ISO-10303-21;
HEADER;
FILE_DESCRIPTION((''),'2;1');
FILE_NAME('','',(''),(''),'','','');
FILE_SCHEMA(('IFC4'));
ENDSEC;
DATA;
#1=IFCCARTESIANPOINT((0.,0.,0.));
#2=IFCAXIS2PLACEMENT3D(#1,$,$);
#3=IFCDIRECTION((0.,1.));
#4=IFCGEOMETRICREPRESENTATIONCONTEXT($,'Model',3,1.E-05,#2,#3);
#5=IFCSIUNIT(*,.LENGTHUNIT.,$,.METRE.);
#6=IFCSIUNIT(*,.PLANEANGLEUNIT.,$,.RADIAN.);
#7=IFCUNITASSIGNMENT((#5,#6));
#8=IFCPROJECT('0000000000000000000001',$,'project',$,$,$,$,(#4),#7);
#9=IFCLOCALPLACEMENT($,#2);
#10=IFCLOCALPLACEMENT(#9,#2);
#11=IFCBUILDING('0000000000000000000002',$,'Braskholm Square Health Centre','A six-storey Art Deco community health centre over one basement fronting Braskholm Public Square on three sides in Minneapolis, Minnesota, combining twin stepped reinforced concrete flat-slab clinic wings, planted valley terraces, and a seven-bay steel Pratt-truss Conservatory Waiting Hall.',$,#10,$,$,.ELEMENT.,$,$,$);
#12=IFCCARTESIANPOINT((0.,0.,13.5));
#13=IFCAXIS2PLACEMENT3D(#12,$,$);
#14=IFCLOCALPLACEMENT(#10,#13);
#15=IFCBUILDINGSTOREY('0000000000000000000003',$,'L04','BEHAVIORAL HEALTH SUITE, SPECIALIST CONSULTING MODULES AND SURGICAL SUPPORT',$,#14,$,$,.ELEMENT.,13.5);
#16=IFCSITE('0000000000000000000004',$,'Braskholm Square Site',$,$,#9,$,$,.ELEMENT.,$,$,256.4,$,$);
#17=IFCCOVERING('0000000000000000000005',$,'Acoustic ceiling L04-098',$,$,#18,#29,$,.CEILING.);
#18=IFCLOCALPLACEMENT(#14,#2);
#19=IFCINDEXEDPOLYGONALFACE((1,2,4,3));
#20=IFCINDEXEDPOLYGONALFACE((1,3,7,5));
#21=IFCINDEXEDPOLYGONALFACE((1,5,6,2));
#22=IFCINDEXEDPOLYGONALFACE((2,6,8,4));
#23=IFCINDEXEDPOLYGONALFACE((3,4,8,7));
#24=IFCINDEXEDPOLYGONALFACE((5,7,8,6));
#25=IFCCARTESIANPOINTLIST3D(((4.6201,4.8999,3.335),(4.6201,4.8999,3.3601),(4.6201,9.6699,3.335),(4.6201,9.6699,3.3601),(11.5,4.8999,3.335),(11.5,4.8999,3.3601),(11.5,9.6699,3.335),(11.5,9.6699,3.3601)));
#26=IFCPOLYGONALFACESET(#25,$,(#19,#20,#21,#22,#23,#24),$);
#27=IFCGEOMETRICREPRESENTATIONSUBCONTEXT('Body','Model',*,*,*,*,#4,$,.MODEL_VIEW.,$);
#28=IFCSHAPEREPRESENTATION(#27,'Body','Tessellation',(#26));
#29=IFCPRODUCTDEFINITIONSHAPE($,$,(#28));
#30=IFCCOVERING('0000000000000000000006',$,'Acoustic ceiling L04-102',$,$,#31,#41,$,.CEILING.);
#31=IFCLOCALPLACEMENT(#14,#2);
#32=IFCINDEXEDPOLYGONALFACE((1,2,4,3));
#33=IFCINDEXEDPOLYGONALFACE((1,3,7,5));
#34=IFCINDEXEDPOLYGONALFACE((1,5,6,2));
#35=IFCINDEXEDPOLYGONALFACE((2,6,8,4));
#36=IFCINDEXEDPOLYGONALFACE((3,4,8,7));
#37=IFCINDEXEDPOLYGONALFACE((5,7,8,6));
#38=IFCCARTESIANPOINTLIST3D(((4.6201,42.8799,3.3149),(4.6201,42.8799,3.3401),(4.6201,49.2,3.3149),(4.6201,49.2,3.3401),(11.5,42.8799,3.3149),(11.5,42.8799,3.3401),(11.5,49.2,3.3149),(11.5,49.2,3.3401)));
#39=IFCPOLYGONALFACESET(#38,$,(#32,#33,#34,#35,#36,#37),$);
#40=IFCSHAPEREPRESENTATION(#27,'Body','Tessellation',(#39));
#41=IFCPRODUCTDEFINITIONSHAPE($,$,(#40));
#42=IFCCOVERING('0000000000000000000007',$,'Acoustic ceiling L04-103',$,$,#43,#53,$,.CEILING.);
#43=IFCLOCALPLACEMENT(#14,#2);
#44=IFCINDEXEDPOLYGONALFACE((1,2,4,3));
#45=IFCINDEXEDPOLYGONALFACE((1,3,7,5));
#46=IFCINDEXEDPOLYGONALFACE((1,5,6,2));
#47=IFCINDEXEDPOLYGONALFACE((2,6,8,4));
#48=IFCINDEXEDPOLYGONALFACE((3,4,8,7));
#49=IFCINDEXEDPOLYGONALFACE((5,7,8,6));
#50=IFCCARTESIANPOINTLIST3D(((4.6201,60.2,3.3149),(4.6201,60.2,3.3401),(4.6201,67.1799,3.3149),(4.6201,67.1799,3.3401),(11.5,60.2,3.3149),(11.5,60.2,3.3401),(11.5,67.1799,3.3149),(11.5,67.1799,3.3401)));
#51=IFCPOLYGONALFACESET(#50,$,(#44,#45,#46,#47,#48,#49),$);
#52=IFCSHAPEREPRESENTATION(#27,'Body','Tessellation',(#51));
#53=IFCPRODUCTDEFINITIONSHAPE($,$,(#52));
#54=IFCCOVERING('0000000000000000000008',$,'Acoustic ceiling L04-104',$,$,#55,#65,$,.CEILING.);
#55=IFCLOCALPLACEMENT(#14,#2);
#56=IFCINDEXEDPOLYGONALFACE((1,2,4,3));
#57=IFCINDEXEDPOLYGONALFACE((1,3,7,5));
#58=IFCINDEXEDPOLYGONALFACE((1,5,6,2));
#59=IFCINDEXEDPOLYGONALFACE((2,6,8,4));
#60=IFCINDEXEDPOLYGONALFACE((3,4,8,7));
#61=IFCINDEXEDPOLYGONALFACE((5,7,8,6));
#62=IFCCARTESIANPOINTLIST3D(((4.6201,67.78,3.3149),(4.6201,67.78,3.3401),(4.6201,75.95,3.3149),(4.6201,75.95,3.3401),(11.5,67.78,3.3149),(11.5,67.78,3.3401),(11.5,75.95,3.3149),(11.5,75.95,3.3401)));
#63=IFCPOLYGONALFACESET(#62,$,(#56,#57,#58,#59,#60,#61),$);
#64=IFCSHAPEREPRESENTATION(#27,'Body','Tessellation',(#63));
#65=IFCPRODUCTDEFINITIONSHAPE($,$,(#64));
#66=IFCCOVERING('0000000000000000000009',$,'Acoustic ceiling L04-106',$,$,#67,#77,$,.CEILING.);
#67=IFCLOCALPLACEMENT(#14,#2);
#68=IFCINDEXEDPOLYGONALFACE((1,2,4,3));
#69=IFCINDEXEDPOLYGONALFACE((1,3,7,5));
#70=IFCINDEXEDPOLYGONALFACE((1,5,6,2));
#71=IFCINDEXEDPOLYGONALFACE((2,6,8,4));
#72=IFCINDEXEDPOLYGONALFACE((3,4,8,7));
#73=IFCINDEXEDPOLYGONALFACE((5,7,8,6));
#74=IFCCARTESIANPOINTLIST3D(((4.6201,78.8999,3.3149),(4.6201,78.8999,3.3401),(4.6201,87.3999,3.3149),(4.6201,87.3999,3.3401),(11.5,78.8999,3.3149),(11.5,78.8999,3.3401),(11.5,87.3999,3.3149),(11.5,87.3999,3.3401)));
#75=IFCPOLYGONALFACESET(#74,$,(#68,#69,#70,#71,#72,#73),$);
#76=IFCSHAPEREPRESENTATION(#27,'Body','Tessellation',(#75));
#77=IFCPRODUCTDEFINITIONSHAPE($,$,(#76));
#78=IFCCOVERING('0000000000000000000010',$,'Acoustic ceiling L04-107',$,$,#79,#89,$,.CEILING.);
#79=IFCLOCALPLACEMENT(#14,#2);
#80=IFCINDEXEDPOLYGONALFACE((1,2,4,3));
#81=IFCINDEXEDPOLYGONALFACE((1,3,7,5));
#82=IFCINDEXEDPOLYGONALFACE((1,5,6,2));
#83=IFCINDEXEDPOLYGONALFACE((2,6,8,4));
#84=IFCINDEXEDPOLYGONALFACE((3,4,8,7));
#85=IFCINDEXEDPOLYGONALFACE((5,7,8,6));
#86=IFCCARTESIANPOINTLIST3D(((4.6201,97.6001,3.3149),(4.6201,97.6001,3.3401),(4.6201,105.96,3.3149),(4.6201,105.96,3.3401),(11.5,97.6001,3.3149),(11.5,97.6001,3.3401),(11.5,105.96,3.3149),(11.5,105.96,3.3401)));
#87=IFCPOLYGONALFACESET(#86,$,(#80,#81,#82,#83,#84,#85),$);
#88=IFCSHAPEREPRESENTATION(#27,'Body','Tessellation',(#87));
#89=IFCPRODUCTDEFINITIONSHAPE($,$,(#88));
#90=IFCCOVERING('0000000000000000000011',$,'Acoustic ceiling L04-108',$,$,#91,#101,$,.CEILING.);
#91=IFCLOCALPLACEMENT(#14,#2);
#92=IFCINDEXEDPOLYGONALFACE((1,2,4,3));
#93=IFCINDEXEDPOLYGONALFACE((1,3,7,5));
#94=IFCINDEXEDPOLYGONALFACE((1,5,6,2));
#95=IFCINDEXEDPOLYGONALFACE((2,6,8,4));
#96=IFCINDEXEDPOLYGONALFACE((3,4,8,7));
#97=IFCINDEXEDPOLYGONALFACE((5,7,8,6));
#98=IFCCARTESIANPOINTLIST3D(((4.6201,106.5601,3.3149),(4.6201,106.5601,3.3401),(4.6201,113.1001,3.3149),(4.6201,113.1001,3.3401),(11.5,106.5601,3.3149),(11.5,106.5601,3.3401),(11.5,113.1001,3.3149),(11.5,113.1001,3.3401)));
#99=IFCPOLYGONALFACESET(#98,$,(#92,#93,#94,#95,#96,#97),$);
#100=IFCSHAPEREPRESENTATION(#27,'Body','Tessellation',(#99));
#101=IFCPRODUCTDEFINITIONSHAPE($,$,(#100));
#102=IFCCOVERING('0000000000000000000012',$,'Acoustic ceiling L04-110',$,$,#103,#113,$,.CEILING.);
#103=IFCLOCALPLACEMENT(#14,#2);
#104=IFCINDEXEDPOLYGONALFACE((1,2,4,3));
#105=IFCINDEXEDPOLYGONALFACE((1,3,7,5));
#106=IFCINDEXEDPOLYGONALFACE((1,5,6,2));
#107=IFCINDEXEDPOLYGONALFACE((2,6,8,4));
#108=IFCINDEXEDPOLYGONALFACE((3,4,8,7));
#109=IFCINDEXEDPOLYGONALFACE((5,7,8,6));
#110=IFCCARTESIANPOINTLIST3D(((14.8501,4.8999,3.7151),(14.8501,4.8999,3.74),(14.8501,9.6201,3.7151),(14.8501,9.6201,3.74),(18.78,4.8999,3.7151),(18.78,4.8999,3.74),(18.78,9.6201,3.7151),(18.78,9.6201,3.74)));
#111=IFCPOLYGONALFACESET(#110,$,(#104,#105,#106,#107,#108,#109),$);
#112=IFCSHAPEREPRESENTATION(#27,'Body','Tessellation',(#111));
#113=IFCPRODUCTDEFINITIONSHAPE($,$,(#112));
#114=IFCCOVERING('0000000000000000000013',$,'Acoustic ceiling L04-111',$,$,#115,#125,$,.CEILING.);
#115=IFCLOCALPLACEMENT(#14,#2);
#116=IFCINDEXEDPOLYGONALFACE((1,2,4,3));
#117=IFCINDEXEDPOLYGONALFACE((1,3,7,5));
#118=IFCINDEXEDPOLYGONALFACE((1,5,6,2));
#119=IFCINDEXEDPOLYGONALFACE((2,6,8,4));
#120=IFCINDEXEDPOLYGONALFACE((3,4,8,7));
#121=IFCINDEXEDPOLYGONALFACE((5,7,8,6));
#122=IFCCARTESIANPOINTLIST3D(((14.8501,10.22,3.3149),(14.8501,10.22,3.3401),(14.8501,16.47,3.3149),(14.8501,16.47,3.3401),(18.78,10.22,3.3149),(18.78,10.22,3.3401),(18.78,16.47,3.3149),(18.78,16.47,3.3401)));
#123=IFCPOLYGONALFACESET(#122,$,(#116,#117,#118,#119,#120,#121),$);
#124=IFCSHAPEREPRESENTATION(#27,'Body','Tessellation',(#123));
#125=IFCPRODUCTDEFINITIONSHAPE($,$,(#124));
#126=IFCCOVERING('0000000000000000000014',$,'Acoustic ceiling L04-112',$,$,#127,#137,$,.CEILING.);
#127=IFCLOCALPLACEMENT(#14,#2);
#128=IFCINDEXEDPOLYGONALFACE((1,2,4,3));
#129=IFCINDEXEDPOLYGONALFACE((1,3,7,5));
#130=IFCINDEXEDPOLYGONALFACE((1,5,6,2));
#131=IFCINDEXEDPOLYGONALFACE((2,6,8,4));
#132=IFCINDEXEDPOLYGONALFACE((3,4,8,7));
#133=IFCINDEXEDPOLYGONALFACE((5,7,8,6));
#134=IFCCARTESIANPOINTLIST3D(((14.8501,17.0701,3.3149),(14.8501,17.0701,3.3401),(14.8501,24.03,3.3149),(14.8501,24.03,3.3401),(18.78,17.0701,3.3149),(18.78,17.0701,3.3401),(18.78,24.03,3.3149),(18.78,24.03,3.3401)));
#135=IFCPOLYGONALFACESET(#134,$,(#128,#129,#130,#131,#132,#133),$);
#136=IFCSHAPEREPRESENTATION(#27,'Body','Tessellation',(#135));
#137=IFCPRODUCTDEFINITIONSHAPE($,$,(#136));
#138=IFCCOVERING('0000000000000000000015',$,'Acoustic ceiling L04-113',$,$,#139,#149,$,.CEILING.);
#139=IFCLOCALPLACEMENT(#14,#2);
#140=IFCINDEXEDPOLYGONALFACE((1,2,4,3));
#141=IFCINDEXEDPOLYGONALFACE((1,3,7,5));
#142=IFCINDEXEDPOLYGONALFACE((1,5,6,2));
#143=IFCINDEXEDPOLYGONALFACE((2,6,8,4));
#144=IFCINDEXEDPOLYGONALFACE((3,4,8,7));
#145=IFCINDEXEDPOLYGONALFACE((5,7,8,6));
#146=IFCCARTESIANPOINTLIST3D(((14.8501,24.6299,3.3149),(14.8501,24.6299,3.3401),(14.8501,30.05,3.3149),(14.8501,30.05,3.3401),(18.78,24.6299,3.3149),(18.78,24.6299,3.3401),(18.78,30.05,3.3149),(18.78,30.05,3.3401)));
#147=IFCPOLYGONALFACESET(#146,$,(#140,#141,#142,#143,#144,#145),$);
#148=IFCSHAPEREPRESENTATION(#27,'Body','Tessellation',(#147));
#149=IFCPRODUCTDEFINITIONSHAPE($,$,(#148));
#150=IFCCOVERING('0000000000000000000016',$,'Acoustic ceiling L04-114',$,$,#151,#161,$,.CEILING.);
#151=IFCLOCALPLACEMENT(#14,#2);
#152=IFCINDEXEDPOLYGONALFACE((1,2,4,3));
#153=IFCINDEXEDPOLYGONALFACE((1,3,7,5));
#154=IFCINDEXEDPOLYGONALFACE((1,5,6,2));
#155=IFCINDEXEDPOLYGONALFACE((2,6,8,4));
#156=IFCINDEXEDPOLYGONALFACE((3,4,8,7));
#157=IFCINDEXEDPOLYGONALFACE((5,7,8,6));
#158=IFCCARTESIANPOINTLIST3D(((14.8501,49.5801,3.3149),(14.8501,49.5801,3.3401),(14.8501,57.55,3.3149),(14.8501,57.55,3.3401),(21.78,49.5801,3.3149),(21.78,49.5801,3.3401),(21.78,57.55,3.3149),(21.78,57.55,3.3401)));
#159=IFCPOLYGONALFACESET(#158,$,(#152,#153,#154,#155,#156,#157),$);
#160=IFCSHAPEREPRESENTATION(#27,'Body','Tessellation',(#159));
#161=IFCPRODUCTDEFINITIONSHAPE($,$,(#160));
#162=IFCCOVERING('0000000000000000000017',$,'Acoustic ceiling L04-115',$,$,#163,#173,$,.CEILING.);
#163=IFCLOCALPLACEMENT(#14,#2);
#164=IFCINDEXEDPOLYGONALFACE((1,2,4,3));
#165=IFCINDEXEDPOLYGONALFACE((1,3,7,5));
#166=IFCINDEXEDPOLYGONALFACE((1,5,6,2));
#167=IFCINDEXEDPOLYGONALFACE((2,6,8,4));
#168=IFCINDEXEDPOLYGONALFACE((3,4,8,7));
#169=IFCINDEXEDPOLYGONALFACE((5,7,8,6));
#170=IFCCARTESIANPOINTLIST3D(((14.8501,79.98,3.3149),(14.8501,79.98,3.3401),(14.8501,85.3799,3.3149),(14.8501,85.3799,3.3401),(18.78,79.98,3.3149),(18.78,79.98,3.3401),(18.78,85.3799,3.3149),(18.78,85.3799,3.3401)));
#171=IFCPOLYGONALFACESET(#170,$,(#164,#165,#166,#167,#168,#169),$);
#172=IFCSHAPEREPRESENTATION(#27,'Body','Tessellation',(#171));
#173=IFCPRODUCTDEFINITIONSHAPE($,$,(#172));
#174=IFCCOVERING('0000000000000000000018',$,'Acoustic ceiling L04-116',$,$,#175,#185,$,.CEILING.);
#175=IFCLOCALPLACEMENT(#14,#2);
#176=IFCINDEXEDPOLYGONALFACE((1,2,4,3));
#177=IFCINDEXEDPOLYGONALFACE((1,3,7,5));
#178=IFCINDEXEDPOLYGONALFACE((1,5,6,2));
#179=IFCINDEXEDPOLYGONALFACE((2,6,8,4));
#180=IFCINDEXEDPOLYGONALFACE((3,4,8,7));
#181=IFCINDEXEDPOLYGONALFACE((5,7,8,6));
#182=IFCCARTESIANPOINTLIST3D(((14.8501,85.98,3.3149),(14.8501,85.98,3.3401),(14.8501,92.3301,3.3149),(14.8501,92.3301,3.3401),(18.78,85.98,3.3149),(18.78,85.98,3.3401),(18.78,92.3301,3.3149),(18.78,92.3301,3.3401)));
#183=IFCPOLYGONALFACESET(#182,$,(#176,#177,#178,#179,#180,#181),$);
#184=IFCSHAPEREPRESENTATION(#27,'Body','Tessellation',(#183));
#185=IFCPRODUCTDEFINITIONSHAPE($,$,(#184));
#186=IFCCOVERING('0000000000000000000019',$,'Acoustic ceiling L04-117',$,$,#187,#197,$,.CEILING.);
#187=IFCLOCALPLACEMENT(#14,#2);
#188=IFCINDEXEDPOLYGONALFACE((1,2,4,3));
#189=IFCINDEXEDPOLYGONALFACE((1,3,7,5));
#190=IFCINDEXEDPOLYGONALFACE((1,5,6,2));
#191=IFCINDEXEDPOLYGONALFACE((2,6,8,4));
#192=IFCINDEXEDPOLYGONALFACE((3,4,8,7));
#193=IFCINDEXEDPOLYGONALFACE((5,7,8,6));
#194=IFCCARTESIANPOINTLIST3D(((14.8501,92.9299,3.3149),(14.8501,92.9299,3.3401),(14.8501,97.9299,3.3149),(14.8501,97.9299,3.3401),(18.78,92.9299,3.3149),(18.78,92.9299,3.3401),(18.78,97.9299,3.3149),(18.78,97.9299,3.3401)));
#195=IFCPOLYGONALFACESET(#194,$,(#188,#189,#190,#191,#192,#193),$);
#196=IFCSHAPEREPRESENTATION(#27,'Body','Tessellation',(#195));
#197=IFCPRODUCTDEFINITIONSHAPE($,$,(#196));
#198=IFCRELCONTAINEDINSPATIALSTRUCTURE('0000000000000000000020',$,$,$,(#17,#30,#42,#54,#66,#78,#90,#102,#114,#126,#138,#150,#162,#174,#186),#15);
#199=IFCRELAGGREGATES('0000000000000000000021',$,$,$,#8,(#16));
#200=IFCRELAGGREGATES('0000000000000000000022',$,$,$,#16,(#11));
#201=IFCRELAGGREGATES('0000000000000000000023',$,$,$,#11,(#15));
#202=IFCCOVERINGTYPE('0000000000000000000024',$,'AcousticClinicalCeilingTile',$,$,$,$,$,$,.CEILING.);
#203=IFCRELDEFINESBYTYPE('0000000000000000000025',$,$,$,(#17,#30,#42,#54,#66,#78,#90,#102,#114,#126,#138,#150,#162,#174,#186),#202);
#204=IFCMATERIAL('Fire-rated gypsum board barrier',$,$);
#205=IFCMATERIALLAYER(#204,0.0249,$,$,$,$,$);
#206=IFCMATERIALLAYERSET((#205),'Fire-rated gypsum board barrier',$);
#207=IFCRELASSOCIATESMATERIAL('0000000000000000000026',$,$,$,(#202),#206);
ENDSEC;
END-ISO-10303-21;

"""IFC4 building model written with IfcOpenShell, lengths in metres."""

from ifc_helpers import new_model, si_unit, direction, frame, origin, place, context, subcontext, project, spatial, polyline, outline, extrude, material, layer, layer_set, type_object, element, save


model = new_model("IFC4")

# Units and contexts
model_context = context("Model", 3, precision=1e-05, world=origin(), true_north=direction((0.0, 1.0)))
body_context = subcontext(model_context, "Body", "Model", "MODEL_VIEW")
ifc_project = project(units=[si_unit("LENGTHUNIT", "METRE"), si_unit("PLANEANGLEUNIT", "RADIAN")], contexts=[model_context])

# Site, building, storey
site_placement = place(None, origin())
site = spatial("IfcSite", under=ifc_project, at=site_placement, Name="Braskholm Square Site", CompositionType="ELEMENT", RefElevation=256.4)
building_placement = place(site_placement, origin())
building = spatial("IfcBuilding", under=site, at=building_placement, Name="Braskholm Square Health Centre", Description="A six-storey Art Deco community health centre over one basement fronting Braskholm Public Square on three sides in Minneapolis, Minnesota, combining twin stepped reinforced concrete flat-slab clinic wings, planted valley terraces, and a seven-bay steel Pratt-truss Conservatory Waiting Hall.", CompositionType="ELEMENT")
storey_placement = place(building_placement, frame((0.0, 0.0, 13.5)))
storey = spatial("IfcBuildingStorey", under=building, at=storey_placement, Name="L04", Description="BEHAVIORAL HEALTH SUITE, SPECIALIST CONSULTING MODULES AND SURGICAL SUPPORT", CompositionType="ELEMENT", Elevation=13.5)

# Coverings
ifc_material = material(Name="Fire-rated gypsum board barrier")
ifc_layer = layer(ifc_material, 0.0249)
ifc_layer_set = layer_set([ifc_layer], Name="Fire-rated gypsum board barrier")
covering_type = type_object("IfcCoveringType", Name="AcousticClinicalCeilingTile", PredefinedType="CEILING", material=ifc_layer_set)
covering_1_placement = place(storey_placement, frame((0.0, 0.0, 3.335)))
element("IfcCovering", 1, at=covering_1_placement, inside=storey, type_object=covering_type, Name="Acoustic ceiling L04-098", PredefinedType="CEILING", context=body_context, shape_type="SweptSolid", body=[
    extrude(outline(polyline([(4.6201, 4.8999), (11.5, 4.8999), (11.5, 9.6699), (4.6201, 9.6699), (4.6201, 4.8999)])), origin(), (0.0, 0.0, 1.0), 0.0251),
])
covering_2_placement = place(storey_placement, frame((0.0, 0.0, 3.3149)))
element("IfcCovering", 2, at=covering_2_placement, inside=storey, type_object=covering_type, Name="Acoustic ceiling L04-102", PredefinedType="CEILING", context=body_context, shape_type="SweptSolid", body=[
    extrude(outline(polyline([(4.6201, 42.8799), (11.5, 42.8799), (11.5, 49.2), (4.6201, 49.2), (4.6201, 42.8799)])), origin(), (0.0, 0.0, 1.0), 0.0251),
])
covering_3_placement = place(storey_placement, frame((0.0, 0.0, 3.3149)))
element("IfcCovering", 3, at=covering_3_placement, inside=storey, type_object=covering_type, Name="Acoustic ceiling L04-103", PredefinedType="CEILING", context=body_context, shape_type="SweptSolid", body=[
    extrude(outline(polyline([(4.6201, 60.2), (11.5, 60.2), (11.5, 67.1799), (4.6201, 67.1799), (4.6201, 60.2)])), origin(), (0.0, 0.0, 1.0), 0.0251),
])
covering_4_placement = place(storey_placement, frame((0.0, 0.0, 3.3149)))
element("IfcCovering", 4, at=covering_4_placement, inside=storey, type_object=covering_type, Name="Acoustic ceiling L04-104", PredefinedType="CEILING", context=body_context, shape_type="SweptSolid", body=[
    extrude(outline(polyline([(4.6201, 67.78), (11.5, 67.78), (11.5, 75.95), (4.6201, 75.95), (4.6201, 67.78)])), origin(), (0.0, 0.0, 1.0), 0.0251),
])
covering_5_placement = place(storey_placement, frame((0.0, 0.0, 3.3149)))
element("IfcCovering", 5, at=covering_5_placement, inside=storey, type_object=covering_type, Name="Acoustic ceiling L04-106", PredefinedType="CEILING", context=body_context, shape_type="SweptSolid", body=[
    extrude(outline(polyline([(4.6201, 78.8999), (11.5, 78.8999), (11.5, 87.3999), (4.6201, 87.3999), (4.6201, 78.8999)])), origin(), (0.0, 0.0, 1.0), 0.0251),
])
covering_6_placement = place(storey_placement, frame((0.0, 0.0, 3.3149)))
element("IfcCovering", 6, at=covering_6_placement, inside=storey, type_object=covering_type, Name="Acoustic ceiling L04-107", PredefinedType="CEILING", context=body_context, shape_type="SweptSolid", body=[
    extrude(outline(polyline([(4.6201, 97.6001), (11.5, 97.6001), (11.5, 105.96), (4.6201, 105.96), (4.6201, 97.6001)])), origin(), (0.0, 0.0, 1.0), 0.0251),
])
covering_7_placement = place(storey_placement, frame((0.0, 0.0, 3.3149)))
element("IfcCovering", 7, at=covering_7_placement, inside=storey, type_object=covering_type, Name="Acoustic ceiling L04-108", PredefinedType="CEILING", context=body_context, shape_type="SweptSolid", body=[
    extrude(outline(polyline([(4.6201, 106.5601), (11.5, 106.5601), (11.5, 113.1001), (4.6201, 113.1001), (4.6201, 106.5601)])), origin(), (0.0, 0.0, 1.0), 0.0251),
])
covering_8_placement = place(storey_placement, frame((0.0, 0.0, 3.7151)))
element("IfcCovering", 8, at=covering_8_placement, inside=storey, type_object=covering_type, Name="Acoustic ceiling L04-110", PredefinedType="CEILING", context=body_context, shape_type="SweptSolid", body=[
    extrude(outline(polyline([(14.8501, 4.8999), (18.78, 4.8999), (18.78, 9.6201), (14.8501, 9.6201), (14.8501, 4.8999)])), origin(), (0.0, 0.0, 1.0), 0.0249),
])
covering_9_placement = place(storey_placement, frame((0.0, 0.0, 3.3149)))
element("IfcCovering", 9, at=covering_9_placement, inside=storey, type_object=covering_type, Name="Acoustic ceiling L04-111", PredefinedType="CEILING", context=body_context, shape_type="SweptSolid", body=[
    extrude(outline(polyline([(14.8501, 10.22), (18.78, 10.22), (18.78, 16.47), (14.8501, 16.47), (14.8501, 10.22)])), origin(), (0.0, 0.0, 1.0), 0.0251),
])
covering_10_placement = place(storey_placement, frame((0.0, 0.0, 3.3149)))
element("IfcCovering", 10, at=covering_10_placement, inside=storey, type_object=covering_type, Name="Acoustic ceiling L04-112", PredefinedType="CEILING", context=body_context, shape_type="SweptSolid", body=[
    extrude(outline(polyline([(14.8501, 17.0701), (18.78, 17.0701), (18.78, 24.03), (14.8501, 24.03), (14.8501, 17.0701)])), origin(), (0.0, 0.0, 1.0), 0.0251),
])
covering_11_placement = place(storey_placement, frame((0.0, 0.0, 3.3149)))
element("IfcCovering", 11, at=covering_11_placement, inside=storey, type_object=covering_type, Name="Acoustic ceiling L04-113", PredefinedType="CEILING", context=body_context, shape_type="SweptSolid", body=[
    extrude(outline(polyline([(14.8501, 24.6299), (18.78, 24.6299), (18.78, 30.05), (14.8501, 30.05), (14.8501, 24.6299)])), origin(), (0.0, 0.0, 1.0), 0.0251),
])
covering_12_placement = place(storey_placement, frame((0.0, 0.0, 3.3149)))
element("IfcCovering", 12, at=covering_12_placement, inside=storey, type_object=covering_type, Name="Acoustic ceiling L04-114", PredefinedType="CEILING", context=body_context, shape_type="SweptSolid", body=[
    extrude(outline(polyline([(14.8501, 49.5801), (21.78, 49.5801), (21.78, 57.55), (14.8501, 57.55), (14.8501, 49.5801)])), origin(), (0.0, 0.0, 1.0), 0.0251),
])
covering_13_placement = place(storey_placement, frame((0.0, 0.0, 3.3149)))
element("IfcCovering", 13, at=covering_13_placement, inside=storey, type_object=covering_type, Name="Acoustic ceiling L04-115", PredefinedType="CEILING", context=body_context, shape_type="SweptSolid", body=[
    extrude(outline(polyline([(14.8501, 79.98), (18.78, 79.98), (18.78, 85.3799), (14.8501, 85.3799), (14.8501, 79.98)])), origin(), (0.0, 0.0, 1.0), 0.0251),
])
covering_14_placement = place(storey_placement, frame((0.0, 0.0, 3.3149)))
element("IfcCovering", 14, at=covering_14_placement, inside=storey, type_object=covering_type, Name="Acoustic ceiling L04-116", PredefinedType="CEILING", context=body_context, shape_type="SweptSolid", body=[
    extrude(outline(polyline([(14.8501, 85.98), (18.78, 85.98), (18.78, 92.3301), (14.8501, 92.3301), (14.8501, 85.98)])), origin(), (0.0, 0.0, 1.0), 0.0251),
])
covering_15_placement = place(storey_placement, frame((0.0, 0.0, 3.3149)))
element("IfcCovering", 15, at=covering_15_placement, inside=storey, type_object=covering_type, Name="Acoustic ceiling L04-117", PredefinedType="CEILING", context=body_context, shape_type="SweptSolid", body=[
    extrude(outline(polyline([(14.8501, 92.9299), (18.78, 92.9299), (18.78, 97.9299), (14.8501, 97.9299), (14.8501, 92.9299)])), origin(), (0.0, 0.0, 1.0), 0.0251),
])

save(model, "model.ifc")
